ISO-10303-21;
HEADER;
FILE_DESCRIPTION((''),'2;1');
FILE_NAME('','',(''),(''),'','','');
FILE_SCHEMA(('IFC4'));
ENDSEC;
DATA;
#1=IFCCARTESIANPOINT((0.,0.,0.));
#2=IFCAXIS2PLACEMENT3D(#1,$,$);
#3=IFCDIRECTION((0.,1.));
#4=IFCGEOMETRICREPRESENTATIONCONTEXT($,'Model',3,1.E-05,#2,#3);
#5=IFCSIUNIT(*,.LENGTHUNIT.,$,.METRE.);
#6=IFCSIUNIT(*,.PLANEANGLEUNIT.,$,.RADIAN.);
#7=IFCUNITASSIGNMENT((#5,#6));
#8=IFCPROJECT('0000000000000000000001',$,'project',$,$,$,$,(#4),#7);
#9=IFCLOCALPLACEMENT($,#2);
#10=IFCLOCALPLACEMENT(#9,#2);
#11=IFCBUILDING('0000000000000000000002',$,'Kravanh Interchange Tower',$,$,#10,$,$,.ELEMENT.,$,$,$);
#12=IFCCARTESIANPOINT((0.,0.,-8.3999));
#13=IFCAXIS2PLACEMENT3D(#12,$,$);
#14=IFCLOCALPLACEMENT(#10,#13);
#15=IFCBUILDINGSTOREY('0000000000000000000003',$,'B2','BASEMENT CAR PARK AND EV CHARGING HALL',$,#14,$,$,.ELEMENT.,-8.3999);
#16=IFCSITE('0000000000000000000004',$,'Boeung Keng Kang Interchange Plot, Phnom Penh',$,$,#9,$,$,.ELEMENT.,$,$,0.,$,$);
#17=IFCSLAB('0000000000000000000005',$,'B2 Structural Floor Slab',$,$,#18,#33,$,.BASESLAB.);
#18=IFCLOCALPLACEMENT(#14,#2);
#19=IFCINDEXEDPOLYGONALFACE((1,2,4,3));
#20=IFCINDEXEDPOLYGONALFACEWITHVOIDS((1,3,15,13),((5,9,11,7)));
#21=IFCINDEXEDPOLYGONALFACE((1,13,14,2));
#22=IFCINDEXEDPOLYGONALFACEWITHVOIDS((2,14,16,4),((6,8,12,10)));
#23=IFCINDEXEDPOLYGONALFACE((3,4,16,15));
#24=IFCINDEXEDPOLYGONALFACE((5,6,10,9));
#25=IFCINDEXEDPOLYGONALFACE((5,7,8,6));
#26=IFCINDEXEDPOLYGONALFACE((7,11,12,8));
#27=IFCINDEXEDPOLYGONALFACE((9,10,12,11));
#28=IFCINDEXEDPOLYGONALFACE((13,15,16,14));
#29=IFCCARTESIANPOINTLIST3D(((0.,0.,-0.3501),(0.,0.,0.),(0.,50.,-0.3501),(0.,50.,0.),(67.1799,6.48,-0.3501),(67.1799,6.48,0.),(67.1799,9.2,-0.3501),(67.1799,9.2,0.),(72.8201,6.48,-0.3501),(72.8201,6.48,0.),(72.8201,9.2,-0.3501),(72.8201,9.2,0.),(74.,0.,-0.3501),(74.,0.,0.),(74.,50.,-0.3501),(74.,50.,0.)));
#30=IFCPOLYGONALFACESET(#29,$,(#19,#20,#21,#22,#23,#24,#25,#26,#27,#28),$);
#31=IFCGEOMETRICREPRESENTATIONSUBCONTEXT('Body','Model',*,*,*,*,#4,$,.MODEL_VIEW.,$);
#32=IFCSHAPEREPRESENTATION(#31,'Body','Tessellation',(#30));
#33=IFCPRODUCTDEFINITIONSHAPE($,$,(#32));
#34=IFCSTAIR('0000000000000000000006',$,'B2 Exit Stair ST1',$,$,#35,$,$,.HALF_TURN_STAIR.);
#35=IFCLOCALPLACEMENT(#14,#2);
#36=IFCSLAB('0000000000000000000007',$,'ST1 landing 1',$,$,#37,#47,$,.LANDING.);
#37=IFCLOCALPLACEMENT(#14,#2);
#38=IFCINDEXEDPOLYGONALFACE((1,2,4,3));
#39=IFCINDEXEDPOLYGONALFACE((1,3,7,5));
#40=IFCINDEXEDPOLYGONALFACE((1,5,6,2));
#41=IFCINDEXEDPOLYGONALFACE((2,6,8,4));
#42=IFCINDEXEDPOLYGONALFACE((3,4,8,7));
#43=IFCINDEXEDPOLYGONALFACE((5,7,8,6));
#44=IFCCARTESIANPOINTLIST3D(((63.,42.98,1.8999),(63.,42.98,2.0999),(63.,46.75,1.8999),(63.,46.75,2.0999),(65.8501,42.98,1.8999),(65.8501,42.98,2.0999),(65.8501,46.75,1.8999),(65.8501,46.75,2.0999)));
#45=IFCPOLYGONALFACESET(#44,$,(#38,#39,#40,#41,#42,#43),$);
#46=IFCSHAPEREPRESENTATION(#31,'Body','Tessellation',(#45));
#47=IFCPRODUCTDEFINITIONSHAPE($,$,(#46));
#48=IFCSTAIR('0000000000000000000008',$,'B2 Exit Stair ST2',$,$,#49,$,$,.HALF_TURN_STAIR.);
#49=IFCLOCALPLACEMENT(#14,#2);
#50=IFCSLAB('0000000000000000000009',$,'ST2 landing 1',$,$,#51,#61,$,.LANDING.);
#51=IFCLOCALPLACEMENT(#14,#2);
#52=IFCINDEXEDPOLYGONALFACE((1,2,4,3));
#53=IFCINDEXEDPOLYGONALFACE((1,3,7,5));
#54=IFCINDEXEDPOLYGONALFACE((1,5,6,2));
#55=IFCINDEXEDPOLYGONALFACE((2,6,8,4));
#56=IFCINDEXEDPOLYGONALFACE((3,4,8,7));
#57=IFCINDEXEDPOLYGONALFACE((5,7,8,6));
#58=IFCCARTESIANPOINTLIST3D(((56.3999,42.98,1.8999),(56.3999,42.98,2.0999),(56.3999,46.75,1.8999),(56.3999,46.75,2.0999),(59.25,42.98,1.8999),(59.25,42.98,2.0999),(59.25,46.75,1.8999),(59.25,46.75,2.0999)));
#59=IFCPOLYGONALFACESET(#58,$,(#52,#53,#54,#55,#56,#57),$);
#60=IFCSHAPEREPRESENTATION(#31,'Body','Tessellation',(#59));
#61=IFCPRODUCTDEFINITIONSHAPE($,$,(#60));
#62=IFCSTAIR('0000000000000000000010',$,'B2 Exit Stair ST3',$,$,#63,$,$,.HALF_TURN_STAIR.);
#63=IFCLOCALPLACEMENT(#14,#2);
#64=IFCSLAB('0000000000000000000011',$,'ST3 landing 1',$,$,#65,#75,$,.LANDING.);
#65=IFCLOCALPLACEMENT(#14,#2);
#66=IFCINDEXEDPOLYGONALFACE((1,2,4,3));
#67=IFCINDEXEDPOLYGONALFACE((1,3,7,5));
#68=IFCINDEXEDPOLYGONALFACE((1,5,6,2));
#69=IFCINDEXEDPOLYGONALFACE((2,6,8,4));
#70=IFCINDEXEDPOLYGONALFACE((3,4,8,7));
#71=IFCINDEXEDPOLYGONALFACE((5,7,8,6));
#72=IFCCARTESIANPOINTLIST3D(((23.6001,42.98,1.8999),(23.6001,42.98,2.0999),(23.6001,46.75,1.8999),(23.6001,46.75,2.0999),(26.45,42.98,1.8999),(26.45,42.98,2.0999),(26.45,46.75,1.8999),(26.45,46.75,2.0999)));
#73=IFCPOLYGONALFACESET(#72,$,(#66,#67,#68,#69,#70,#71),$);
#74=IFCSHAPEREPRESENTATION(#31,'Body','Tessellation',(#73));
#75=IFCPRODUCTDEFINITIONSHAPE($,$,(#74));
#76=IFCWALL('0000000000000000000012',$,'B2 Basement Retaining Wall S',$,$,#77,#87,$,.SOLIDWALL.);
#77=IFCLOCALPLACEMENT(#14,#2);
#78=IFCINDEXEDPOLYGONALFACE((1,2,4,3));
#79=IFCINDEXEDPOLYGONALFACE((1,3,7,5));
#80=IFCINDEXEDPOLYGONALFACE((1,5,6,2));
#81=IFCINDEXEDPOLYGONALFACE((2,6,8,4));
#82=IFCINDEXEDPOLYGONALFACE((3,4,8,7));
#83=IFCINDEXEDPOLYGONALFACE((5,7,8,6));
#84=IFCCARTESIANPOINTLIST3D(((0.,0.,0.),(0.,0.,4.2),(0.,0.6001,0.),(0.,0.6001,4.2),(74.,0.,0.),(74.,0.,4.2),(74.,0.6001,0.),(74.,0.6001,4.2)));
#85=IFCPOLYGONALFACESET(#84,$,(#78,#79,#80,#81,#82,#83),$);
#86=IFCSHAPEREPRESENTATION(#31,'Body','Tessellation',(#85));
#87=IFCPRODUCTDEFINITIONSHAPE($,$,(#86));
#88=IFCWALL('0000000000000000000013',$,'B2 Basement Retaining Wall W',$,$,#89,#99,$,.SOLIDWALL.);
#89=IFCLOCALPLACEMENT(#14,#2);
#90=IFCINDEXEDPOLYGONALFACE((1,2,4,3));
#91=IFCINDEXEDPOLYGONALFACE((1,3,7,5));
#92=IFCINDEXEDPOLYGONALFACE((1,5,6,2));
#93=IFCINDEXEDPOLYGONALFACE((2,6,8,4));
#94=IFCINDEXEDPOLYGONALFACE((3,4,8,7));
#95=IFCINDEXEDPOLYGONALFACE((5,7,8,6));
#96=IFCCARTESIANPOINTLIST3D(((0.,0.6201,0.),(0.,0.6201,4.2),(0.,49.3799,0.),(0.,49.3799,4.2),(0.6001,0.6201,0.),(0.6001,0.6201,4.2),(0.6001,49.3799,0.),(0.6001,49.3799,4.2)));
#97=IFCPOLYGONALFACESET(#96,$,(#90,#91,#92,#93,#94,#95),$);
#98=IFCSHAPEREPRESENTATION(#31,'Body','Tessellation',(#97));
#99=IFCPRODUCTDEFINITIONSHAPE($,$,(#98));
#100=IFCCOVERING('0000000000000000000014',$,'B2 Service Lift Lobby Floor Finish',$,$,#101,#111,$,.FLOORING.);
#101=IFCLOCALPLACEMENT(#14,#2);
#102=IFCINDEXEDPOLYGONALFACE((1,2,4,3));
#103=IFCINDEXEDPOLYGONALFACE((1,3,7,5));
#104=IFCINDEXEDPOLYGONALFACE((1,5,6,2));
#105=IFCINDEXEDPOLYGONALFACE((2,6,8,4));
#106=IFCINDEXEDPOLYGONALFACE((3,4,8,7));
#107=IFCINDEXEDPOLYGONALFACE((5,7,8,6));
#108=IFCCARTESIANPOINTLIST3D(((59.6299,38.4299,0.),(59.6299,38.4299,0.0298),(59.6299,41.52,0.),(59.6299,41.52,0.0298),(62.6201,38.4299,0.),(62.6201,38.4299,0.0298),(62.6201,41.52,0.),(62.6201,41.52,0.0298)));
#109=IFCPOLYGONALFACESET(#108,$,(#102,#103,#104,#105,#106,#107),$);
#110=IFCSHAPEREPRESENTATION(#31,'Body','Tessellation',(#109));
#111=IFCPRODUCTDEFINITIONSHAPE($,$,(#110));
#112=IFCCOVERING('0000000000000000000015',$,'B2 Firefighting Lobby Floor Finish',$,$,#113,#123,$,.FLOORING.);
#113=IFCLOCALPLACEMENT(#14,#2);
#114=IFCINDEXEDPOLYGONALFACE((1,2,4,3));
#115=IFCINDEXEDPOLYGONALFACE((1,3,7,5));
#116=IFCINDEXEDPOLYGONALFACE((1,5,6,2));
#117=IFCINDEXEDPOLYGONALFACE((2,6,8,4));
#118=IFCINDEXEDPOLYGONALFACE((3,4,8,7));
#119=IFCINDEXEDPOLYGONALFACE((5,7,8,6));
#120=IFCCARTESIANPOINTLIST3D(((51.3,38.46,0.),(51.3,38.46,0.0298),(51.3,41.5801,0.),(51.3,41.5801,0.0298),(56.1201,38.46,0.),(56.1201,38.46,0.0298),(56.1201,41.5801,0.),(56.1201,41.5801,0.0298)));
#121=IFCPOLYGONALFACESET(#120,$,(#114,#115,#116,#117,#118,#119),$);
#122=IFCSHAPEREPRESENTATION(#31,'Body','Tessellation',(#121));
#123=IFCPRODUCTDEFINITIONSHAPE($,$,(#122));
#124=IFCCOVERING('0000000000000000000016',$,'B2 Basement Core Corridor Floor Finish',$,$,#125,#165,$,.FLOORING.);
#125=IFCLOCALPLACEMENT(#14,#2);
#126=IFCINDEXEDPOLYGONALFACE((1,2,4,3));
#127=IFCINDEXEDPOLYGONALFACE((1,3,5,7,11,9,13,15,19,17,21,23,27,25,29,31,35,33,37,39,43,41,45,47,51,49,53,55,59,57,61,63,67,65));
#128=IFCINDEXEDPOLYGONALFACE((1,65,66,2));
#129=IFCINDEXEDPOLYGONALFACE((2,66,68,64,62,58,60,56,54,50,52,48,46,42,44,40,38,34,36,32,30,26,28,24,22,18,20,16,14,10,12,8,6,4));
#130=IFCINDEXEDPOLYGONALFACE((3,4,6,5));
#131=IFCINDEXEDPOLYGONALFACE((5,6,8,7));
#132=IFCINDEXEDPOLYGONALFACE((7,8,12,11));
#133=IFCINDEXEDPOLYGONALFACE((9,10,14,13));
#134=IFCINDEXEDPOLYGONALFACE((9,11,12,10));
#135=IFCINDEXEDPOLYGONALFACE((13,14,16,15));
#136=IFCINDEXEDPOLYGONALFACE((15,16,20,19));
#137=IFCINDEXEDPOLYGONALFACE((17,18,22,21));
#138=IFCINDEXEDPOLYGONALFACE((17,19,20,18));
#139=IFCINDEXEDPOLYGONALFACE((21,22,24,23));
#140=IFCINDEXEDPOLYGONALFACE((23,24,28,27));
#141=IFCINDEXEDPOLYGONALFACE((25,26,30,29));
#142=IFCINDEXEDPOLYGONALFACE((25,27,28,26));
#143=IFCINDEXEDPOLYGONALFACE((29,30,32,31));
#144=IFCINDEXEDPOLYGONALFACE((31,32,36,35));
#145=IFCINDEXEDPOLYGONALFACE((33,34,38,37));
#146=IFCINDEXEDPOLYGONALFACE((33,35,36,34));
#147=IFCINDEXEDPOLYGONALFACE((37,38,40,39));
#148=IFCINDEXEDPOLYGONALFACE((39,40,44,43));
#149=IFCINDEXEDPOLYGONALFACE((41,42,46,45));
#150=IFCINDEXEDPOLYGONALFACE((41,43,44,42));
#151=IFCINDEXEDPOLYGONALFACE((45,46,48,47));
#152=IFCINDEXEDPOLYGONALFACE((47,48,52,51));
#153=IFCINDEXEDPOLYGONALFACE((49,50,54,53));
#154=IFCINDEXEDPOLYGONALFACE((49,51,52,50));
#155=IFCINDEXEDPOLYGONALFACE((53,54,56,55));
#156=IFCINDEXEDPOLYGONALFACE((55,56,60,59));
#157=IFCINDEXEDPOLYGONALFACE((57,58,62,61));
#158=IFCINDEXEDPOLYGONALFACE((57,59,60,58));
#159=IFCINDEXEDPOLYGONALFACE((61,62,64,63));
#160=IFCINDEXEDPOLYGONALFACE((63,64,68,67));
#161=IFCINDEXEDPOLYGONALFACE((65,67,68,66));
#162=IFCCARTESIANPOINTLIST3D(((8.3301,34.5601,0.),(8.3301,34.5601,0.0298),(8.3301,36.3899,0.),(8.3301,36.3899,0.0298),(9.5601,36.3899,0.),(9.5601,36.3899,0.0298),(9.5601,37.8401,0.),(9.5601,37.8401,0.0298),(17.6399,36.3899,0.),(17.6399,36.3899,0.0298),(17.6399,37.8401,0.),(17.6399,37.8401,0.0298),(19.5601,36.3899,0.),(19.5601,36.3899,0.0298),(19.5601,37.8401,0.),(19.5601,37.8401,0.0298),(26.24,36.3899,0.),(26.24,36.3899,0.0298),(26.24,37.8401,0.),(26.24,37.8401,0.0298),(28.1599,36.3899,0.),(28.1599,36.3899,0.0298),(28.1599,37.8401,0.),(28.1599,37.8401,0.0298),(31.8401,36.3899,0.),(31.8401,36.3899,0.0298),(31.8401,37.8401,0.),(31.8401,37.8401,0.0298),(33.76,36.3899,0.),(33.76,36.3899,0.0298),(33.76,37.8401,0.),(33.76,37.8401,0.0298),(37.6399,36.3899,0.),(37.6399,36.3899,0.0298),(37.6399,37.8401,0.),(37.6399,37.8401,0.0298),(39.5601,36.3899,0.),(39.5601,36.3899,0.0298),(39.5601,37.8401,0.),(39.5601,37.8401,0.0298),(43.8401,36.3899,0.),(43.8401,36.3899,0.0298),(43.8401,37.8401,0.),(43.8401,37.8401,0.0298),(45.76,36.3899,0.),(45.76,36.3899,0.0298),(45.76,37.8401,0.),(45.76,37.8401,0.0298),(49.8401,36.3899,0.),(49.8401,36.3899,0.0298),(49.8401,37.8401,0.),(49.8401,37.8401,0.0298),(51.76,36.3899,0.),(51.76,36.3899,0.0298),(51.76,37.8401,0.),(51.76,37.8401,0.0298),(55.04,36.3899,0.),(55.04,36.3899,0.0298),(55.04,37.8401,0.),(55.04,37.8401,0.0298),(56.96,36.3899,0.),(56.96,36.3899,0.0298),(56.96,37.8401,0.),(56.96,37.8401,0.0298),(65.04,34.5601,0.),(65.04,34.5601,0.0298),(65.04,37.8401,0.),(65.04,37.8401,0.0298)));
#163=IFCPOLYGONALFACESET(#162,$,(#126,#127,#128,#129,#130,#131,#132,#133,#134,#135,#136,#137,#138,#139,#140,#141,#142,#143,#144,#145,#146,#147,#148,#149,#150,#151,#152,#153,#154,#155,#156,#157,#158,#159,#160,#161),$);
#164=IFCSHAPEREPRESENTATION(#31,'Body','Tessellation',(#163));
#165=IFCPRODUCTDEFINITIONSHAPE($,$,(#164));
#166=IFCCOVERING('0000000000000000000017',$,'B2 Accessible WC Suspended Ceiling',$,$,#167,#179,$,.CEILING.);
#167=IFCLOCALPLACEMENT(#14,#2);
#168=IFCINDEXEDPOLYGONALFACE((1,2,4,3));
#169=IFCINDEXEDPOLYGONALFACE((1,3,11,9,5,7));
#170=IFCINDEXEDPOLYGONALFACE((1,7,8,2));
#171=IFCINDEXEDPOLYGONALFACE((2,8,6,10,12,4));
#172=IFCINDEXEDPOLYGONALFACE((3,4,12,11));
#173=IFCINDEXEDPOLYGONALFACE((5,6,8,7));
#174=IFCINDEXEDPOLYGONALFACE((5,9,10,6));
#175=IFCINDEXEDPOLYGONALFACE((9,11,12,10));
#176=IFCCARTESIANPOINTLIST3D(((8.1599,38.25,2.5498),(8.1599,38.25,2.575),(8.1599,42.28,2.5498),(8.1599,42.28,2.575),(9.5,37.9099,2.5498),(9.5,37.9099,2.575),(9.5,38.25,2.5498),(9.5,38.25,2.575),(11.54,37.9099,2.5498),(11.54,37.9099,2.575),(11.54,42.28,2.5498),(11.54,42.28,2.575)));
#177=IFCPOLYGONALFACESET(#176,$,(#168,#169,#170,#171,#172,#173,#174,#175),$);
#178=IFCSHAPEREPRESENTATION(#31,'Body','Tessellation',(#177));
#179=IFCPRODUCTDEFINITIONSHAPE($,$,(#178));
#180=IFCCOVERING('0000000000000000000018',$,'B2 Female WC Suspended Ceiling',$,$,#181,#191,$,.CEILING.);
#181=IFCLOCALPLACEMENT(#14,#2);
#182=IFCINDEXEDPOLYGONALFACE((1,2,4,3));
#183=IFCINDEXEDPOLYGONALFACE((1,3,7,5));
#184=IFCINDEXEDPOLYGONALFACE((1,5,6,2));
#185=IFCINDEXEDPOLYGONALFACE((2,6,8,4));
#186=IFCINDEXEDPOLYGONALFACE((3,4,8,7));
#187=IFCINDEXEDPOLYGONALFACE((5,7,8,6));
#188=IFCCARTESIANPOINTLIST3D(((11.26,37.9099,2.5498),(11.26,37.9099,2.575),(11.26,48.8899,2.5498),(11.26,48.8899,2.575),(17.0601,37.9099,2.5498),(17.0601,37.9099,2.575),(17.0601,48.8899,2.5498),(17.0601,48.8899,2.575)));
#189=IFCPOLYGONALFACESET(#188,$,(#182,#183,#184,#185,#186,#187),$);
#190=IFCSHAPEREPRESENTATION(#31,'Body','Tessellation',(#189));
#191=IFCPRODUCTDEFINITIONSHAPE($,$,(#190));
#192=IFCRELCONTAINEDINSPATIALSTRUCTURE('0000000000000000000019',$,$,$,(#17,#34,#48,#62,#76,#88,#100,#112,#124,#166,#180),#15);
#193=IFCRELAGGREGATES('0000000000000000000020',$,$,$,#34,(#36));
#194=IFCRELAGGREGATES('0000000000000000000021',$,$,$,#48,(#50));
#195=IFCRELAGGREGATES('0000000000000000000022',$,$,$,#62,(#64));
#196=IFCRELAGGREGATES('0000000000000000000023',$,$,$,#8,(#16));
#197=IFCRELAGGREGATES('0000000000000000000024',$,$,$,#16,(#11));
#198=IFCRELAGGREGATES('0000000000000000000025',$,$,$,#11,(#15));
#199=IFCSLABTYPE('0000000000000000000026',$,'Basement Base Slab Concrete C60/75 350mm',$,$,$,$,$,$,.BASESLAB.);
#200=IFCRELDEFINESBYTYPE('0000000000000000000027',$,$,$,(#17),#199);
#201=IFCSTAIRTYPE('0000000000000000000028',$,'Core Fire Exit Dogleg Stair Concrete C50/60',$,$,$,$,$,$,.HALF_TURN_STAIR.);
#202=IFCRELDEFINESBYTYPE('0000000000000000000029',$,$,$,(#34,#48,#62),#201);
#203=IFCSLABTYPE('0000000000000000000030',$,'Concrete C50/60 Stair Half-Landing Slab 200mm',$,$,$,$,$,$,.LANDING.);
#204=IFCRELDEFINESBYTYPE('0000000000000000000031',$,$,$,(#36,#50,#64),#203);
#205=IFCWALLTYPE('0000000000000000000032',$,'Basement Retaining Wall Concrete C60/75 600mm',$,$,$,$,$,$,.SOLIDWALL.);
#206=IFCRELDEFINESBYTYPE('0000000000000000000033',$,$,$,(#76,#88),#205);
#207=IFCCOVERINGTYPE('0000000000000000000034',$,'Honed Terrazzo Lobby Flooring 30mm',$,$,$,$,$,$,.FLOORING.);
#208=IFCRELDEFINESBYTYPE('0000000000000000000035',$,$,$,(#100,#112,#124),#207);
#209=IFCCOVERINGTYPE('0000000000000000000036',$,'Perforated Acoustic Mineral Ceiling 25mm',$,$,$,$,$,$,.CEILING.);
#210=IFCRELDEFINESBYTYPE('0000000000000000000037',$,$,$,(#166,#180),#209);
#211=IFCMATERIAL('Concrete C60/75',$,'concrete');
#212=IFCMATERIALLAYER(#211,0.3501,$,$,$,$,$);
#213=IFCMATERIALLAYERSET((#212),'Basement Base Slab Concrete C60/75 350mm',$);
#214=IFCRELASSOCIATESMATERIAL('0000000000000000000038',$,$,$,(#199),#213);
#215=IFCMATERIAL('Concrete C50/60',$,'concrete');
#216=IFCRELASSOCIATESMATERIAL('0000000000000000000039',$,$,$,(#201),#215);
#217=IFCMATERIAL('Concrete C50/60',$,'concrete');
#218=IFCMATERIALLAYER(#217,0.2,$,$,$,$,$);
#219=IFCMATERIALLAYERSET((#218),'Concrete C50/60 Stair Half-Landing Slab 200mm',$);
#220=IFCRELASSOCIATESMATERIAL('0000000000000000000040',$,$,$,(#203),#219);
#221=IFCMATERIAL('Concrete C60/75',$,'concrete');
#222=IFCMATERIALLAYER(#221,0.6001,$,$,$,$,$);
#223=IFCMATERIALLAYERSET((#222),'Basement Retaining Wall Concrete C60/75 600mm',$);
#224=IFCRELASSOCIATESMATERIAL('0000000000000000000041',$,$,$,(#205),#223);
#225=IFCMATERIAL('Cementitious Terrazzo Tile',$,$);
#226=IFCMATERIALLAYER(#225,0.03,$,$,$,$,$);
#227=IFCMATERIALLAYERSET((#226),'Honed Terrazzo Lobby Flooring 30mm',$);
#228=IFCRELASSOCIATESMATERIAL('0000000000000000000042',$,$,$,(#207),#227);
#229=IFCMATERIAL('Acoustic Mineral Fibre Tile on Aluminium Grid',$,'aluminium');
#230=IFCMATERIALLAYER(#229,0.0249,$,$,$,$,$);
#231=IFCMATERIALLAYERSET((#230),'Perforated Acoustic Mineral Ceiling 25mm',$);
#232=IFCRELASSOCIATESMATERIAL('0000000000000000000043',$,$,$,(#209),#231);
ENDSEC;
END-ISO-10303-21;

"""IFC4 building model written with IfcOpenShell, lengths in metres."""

from ifc_helpers import new_model, si_unit, direction, frame, frame_2d, origin, place, context, subcontext, project, spatial, polyline, rectangle, outline, extrude, material, layer, layer_set, type_object, element, aggregate, save


model = new_model("IFC4")

# Units and contexts
model_context = context("Model", 3, precision=1e-05, world=origin(), true_north=direction((0.0, 1.0)))
body_context = subcontext(model_context, "Body", "Model", "MODEL_VIEW")
ifc_project = project(units=[si_unit("LENGTHUNIT", "METRE"), si_unit("PLANEANGLEUNIT", "RADIAN")], contexts=[model_context])

# Site, building, storey
site_placement = place(None, origin())
site = spatial("IfcSite", under=ifc_project, at=site_placement, Name="Boeung Keng Kang Interchange Plot, Phnom Penh", CompositionType="ELEMENT", RefElevation=0.0)
building_placement = place(site_placement, origin())
building = spatial("IfcBuilding", under=site, at=building_placement, Name="Kravanh Interchange Tower", CompositionType="ELEMENT")
storey_placement = place(building_placement, frame((0.0, 0.0, -8.3999)))
storey = spatial("IfcBuildingStorey", under=building, at=storey_placement, Name="B2", Description="BASEMENT CAR PARK AND EV CHARGING HALL", CompositionType="ELEMENT", Elevation=-8.3999)

# Slab
ifc_material_1 = material(Name="Concrete C60/75", Category="concrete")
ifc_layer_1 = layer(ifc_material_1, 0.3501)
ifc_layer_set_1 = layer_set([ifc_layer_1], Name="Basement Base Slab Concrete C60/75 350mm")
slab_type_1 = type_object("IfcSlabType", Name="Basement Base Slab Concrete C60/75 350mm", PredefinedType="BASESLAB", material=ifc_layer_set_1)
slab_1_placement = place(storey_placement, frame((0.0, 0.0, -0.3501)))
element("IfcSlab", 1, at=slab_1_placement, inside=storey, type_object=slab_type_1, Name="B2 Structural Floor Slab", PredefinedType="BASESLAB", context=body_context, shape_type="SweptSolid", body=[
    extrude(outline(polyline([(0.0, 0.0), (74.0, 0.0), (74.0, 50.0), (0.0, 50.0), (0.0, 0.0)]), holes=[polyline([(67.1799, 6.48), (72.8201, 6.48), (72.8201, 9.2), (67.1799, 9.2), (67.1799, 6.48)])]), origin(), (0.0, 0.0, 1.0), 0.3501),
])

# Stairs, slabs
ifc_material_2 = material(Name="Concrete C50/60", Category="concrete")
stair_type = type_object("IfcStairType", Name="Core Fire Exit Dogleg Stair Concrete C50/60", PredefinedType="HALF_TURN_STAIR", material=ifc_material_2)
stair_1_placement = place(storey_placement, origin())
stair_1 = element("IfcStair", 2, at=stair_1_placement, inside=storey, type_object=stair_type, Name="B2 Exit Stair ST1", PredefinedType="HALF_TURN_STAIR")
ifc_material_3 = material(Name="Concrete C50/60", Category="concrete")
ifc_layer_2 = layer(ifc_material_3, 0.2)
ifc_layer_set_2 = layer_set([ifc_layer_2], Name="Concrete C50/60 Stair Half-Landing Slab 200mm")
slab_type_2 = type_object("IfcSlabType", Name="Concrete C50/60 Stair Half-Landing Slab 200mm", PredefinedType="LANDING", material=ifc_layer_set_2)
slab_2_placement = place(storey_placement, frame((0.0, 0.0, 1.8999)))
slab_2 = element("IfcSlab", 3, at=slab_2_placement, type_object=slab_type_2, Name="ST1 landing 1", PredefinedType="LANDING", context=body_context, shape_type="SweptSolid", body=[
    extrude(outline(polyline([(65.8501, 42.98), (65.8501, 46.75), (63.0, 46.75), (63.0, 42.98), (65.8501, 42.98)])), origin(), (0.0, 0.0, 1.0), 0.2),
])
aggregate(stair_1, [slab_2])
stair_2_placement = place(storey_placement, origin())
stair_2 = element("IfcStair", 4, at=stair_2_placement, inside=storey, type_object=stair_type, Name="B2 Exit Stair ST2", PredefinedType="HALF_TURN_STAIR")
slab_3_placement = place(storey_placement, frame((0.0, 0.0, 1.8999)))
slab_3 = element("IfcSlab", 5, at=slab_3_placement, type_object=slab_type_2, Name="ST2 landing 1", PredefinedType="LANDING", context=body_context, shape_type="SweptSolid", body=[
    extrude(outline(polyline([(59.25, 42.98), (59.25, 46.75), (56.3999, 46.75), (56.3999, 42.98), (59.25, 42.98)])), origin(), (0.0, 0.0, 1.0), 0.2),
])
aggregate(stair_2, [slab_3])
stair_3_placement = place(storey_placement, origin())
stair_3 = element("IfcStair", 6, at=stair_3_placement, inside=storey, type_object=stair_type, Name="B2 Exit Stair ST3", PredefinedType="HALF_TURN_STAIR")
slab_4_placement = place(storey_placement, frame((0.0, 0.0, 1.8999)))
slab_4 = element("IfcSlab", 7, at=slab_4_placement, type_object=slab_type_2, Name="ST3 landing 1", PredefinedType="LANDING", context=body_context, shape_type="SweptSolid", body=[
    extrude(outline(polyline([(26.45, 42.98), (26.45, 46.75), (23.6001, 46.75), (23.6001, 42.98), (26.45, 42.98)])), origin(), (0.0, 0.0, 1.0), 0.2),
])
aggregate(stair_3, [slab_4])

# Walls
ifc_material_4 = material(Name="Concrete C60/75", Category="concrete")
ifc_layer_3 = layer(ifc_material_4, 0.6001)
ifc_layer_set_3 = layer_set([ifc_layer_3], Name="Basement Retaining Wall Concrete C60/75 600mm")
wall_type = type_object("IfcWallType", Name="Basement Retaining Wall Concrete C60/75 600mm", PredefinedType="SOLIDWALL", material=ifc_layer_set_3)
wall_1_placement = place(storey_placement, frame((0.0, 0.3, 0.0), z_axis=(0.0, 0.0, 1.0), x_axis=(1.0, 0.0, 0.0)))
element("IfcWall", 8, at=wall_1_placement, inside=storey, type_object=wall_type, Name="B2 Basement Retaining Wall S", PredefinedType="SOLIDWALL", context=body_context, shape_type="SweptSolid", body=[
    extrude(rectangle(XDim=74.0, YDim=0.6001, at=frame_2d((37.0, 0.0))), origin(), (0.0, 0.0, 1.0), 4.2),
])
wall_2_placement = place(storey_placement, frame((0.3, 0.6201, 0.0), z_axis=(0.0, 0.0, 1.0), x_axis=(0.0, 1.0, 0.0)))
element("IfcWall", 9, at=wall_2_placement, inside=storey, type_object=wall_type, Name="B2 Basement Retaining Wall W", PredefinedType="SOLIDWALL", context=body_context, shape_type="SweptSolid", body=[
    extrude(rectangle(XDim=48.7598, YDim=0.6001, at=frame_2d((24.3799, 0.0))), origin(), (0.0, 0.0, 1.0), 4.2),
])

# Coverings
ifc_material_5 = material(Name="Cementitious Terrazzo Tile")
ifc_layer_4 = layer(ifc_material_5, 0.03)
ifc_layer_set_4 = layer_set([ifc_layer_4], Name="Honed Terrazzo Lobby Flooring 30mm")
covering_type_1 = type_object("IfcCoveringType", Name="Honed Terrazzo Lobby Flooring 30mm", PredefinedType="FLOORING", material=ifc_layer_set_4)
covering_1_placement = place(storey_placement, origin())
element("IfcCovering", 10, at=covering_1_placement, inside=storey, type_object=covering_type_1, Name="B2 Service Lift Lobby Floor Finish", PredefinedType="FLOORING", context=body_context, shape_type="SweptSolid", body=[
    extrude(outline(polyline([(59.6299, 41.52), (62.6201, 41.52), (62.6201, 38.4299), (59.6299, 38.4299), (59.6299, 41.52)])), origin(), (0.0, 0.0, 1.0), 0.0298),
])
covering_2_placement = place(storey_placement, origin())
element("IfcCovering", 11, at=covering_2_placement, inside=storey, type_object=covering_type_1, Name="B2 Firefighting Lobby Floor Finish", PredefinedType="FLOORING", context=body_context, shape_type="SweptSolid", body=[
    extrude(outline(polyline([(56.1201, 38.46), (51.3, 38.46), (51.3, 41.5801), (56.1201, 41.5801), (56.1201, 38.46)])), origin(), (0.0, 0.0, 1.0), 0.0298),
])
covering_3_placement = place(storey_placement, origin())
element("IfcCovering", 12, at=covering_3_placement, inside=storey, type_object=covering_type_1, Name="B2 Basement Core Corridor Floor Finish", PredefinedType="FLOORING", context=body_context, shape_type="SweptSolid", body=[
    extrude(outline(polyline([(17.6399, 37.8401), (17.6399, 36.3899), (19.5601, 36.3899), (19.5601, 37.8401), (26.24, 37.8401), (26.24, 36.3899), (28.1599, 36.3899), (28.1599, 37.8401), (31.8401, 37.8401), (31.8401, 36.3899), (33.76, 36.3899), (33.76, 37.8401), (37.6399, 37.8401), (37.6399, 36.3899), (39.5601, 36.3899), (39.5601, 37.8401), (43.8401, 37.8401), (43.8401, 36.3899), (45.76, 36.3899), (45.76, 37.8401), (49.8401, 37.8401), (49.8401, 36.3899), (51.76, 36.3899), (51.76, 37.8401), (55.04, 37.8401), (55.04, 36.3899), (56.96, 36.3899), (56.96, 37.8401), (65.04, 37.8401), (65.04, 34.5601), (8.3301, 34.5601), (8.3301, 36.3899), (9.5601, 36.3899), (9.5601, 37.8401), (17.6399, 37.8401)])), origin(), (0.0, 0.0, 1.0), 0.0298),
])
ifc_material_6 = material(Name="Acoustic Mineral Fibre Tile on Aluminium Grid", Category="aluminium")
ifc_layer_5 = layer(ifc_material_6, 0.0249)
ifc_layer_set_5 = layer_set([ifc_layer_5], Name="Perforated Acoustic Mineral Ceiling 25mm")
covering_type_2 = type_object("IfcCoveringType", Name="Perforated Acoustic Mineral Ceiling 25mm", PredefinedType="CEILING", material=ifc_layer_set_5)
covering_4_placement = place(storey_placement, frame((0.0, 0.0, 2.5498)))
element("IfcCovering", 13, at=covering_4_placement, inside=storey, type_object=covering_type_2, Name="B2 Accessible WC Suspended Ceiling", PredefinedType="CEILING", context=body_context, shape_type="SweptSolid", body=[
    extrude(outline(polyline([(8.1599, 42.28), (11.54, 42.28), (11.54, 37.9099), (9.5, 37.9099), (9.5, 38.25), (8.1599, 38.25), (8.1599, 42.28)])), origin(), (0.0, 0.0, 1.0), 0.0251),
])
covering_5_placement = place(storey_placement, frame((0.0, 0.0, 2.5498)))
element("IfcCovering", 14, at=covering_5_placement, inside=storey, type_object=covering_type_2, Name="B2 Female WC Suspended Ceiling", PredefinedType="CEILING", context=body_context, shape_type="SweptSolid", body=[
    extrude(outline(polyline([(17.0601, 48.8899), (17.0601, 37.9099), (11.26, 37.9099), (11.26, 48.8899), (17.0601, 48.8899)])), origin(), (0.0, 0.0, 1.0), 0.0251),
])

save(model, "model.ifc")
